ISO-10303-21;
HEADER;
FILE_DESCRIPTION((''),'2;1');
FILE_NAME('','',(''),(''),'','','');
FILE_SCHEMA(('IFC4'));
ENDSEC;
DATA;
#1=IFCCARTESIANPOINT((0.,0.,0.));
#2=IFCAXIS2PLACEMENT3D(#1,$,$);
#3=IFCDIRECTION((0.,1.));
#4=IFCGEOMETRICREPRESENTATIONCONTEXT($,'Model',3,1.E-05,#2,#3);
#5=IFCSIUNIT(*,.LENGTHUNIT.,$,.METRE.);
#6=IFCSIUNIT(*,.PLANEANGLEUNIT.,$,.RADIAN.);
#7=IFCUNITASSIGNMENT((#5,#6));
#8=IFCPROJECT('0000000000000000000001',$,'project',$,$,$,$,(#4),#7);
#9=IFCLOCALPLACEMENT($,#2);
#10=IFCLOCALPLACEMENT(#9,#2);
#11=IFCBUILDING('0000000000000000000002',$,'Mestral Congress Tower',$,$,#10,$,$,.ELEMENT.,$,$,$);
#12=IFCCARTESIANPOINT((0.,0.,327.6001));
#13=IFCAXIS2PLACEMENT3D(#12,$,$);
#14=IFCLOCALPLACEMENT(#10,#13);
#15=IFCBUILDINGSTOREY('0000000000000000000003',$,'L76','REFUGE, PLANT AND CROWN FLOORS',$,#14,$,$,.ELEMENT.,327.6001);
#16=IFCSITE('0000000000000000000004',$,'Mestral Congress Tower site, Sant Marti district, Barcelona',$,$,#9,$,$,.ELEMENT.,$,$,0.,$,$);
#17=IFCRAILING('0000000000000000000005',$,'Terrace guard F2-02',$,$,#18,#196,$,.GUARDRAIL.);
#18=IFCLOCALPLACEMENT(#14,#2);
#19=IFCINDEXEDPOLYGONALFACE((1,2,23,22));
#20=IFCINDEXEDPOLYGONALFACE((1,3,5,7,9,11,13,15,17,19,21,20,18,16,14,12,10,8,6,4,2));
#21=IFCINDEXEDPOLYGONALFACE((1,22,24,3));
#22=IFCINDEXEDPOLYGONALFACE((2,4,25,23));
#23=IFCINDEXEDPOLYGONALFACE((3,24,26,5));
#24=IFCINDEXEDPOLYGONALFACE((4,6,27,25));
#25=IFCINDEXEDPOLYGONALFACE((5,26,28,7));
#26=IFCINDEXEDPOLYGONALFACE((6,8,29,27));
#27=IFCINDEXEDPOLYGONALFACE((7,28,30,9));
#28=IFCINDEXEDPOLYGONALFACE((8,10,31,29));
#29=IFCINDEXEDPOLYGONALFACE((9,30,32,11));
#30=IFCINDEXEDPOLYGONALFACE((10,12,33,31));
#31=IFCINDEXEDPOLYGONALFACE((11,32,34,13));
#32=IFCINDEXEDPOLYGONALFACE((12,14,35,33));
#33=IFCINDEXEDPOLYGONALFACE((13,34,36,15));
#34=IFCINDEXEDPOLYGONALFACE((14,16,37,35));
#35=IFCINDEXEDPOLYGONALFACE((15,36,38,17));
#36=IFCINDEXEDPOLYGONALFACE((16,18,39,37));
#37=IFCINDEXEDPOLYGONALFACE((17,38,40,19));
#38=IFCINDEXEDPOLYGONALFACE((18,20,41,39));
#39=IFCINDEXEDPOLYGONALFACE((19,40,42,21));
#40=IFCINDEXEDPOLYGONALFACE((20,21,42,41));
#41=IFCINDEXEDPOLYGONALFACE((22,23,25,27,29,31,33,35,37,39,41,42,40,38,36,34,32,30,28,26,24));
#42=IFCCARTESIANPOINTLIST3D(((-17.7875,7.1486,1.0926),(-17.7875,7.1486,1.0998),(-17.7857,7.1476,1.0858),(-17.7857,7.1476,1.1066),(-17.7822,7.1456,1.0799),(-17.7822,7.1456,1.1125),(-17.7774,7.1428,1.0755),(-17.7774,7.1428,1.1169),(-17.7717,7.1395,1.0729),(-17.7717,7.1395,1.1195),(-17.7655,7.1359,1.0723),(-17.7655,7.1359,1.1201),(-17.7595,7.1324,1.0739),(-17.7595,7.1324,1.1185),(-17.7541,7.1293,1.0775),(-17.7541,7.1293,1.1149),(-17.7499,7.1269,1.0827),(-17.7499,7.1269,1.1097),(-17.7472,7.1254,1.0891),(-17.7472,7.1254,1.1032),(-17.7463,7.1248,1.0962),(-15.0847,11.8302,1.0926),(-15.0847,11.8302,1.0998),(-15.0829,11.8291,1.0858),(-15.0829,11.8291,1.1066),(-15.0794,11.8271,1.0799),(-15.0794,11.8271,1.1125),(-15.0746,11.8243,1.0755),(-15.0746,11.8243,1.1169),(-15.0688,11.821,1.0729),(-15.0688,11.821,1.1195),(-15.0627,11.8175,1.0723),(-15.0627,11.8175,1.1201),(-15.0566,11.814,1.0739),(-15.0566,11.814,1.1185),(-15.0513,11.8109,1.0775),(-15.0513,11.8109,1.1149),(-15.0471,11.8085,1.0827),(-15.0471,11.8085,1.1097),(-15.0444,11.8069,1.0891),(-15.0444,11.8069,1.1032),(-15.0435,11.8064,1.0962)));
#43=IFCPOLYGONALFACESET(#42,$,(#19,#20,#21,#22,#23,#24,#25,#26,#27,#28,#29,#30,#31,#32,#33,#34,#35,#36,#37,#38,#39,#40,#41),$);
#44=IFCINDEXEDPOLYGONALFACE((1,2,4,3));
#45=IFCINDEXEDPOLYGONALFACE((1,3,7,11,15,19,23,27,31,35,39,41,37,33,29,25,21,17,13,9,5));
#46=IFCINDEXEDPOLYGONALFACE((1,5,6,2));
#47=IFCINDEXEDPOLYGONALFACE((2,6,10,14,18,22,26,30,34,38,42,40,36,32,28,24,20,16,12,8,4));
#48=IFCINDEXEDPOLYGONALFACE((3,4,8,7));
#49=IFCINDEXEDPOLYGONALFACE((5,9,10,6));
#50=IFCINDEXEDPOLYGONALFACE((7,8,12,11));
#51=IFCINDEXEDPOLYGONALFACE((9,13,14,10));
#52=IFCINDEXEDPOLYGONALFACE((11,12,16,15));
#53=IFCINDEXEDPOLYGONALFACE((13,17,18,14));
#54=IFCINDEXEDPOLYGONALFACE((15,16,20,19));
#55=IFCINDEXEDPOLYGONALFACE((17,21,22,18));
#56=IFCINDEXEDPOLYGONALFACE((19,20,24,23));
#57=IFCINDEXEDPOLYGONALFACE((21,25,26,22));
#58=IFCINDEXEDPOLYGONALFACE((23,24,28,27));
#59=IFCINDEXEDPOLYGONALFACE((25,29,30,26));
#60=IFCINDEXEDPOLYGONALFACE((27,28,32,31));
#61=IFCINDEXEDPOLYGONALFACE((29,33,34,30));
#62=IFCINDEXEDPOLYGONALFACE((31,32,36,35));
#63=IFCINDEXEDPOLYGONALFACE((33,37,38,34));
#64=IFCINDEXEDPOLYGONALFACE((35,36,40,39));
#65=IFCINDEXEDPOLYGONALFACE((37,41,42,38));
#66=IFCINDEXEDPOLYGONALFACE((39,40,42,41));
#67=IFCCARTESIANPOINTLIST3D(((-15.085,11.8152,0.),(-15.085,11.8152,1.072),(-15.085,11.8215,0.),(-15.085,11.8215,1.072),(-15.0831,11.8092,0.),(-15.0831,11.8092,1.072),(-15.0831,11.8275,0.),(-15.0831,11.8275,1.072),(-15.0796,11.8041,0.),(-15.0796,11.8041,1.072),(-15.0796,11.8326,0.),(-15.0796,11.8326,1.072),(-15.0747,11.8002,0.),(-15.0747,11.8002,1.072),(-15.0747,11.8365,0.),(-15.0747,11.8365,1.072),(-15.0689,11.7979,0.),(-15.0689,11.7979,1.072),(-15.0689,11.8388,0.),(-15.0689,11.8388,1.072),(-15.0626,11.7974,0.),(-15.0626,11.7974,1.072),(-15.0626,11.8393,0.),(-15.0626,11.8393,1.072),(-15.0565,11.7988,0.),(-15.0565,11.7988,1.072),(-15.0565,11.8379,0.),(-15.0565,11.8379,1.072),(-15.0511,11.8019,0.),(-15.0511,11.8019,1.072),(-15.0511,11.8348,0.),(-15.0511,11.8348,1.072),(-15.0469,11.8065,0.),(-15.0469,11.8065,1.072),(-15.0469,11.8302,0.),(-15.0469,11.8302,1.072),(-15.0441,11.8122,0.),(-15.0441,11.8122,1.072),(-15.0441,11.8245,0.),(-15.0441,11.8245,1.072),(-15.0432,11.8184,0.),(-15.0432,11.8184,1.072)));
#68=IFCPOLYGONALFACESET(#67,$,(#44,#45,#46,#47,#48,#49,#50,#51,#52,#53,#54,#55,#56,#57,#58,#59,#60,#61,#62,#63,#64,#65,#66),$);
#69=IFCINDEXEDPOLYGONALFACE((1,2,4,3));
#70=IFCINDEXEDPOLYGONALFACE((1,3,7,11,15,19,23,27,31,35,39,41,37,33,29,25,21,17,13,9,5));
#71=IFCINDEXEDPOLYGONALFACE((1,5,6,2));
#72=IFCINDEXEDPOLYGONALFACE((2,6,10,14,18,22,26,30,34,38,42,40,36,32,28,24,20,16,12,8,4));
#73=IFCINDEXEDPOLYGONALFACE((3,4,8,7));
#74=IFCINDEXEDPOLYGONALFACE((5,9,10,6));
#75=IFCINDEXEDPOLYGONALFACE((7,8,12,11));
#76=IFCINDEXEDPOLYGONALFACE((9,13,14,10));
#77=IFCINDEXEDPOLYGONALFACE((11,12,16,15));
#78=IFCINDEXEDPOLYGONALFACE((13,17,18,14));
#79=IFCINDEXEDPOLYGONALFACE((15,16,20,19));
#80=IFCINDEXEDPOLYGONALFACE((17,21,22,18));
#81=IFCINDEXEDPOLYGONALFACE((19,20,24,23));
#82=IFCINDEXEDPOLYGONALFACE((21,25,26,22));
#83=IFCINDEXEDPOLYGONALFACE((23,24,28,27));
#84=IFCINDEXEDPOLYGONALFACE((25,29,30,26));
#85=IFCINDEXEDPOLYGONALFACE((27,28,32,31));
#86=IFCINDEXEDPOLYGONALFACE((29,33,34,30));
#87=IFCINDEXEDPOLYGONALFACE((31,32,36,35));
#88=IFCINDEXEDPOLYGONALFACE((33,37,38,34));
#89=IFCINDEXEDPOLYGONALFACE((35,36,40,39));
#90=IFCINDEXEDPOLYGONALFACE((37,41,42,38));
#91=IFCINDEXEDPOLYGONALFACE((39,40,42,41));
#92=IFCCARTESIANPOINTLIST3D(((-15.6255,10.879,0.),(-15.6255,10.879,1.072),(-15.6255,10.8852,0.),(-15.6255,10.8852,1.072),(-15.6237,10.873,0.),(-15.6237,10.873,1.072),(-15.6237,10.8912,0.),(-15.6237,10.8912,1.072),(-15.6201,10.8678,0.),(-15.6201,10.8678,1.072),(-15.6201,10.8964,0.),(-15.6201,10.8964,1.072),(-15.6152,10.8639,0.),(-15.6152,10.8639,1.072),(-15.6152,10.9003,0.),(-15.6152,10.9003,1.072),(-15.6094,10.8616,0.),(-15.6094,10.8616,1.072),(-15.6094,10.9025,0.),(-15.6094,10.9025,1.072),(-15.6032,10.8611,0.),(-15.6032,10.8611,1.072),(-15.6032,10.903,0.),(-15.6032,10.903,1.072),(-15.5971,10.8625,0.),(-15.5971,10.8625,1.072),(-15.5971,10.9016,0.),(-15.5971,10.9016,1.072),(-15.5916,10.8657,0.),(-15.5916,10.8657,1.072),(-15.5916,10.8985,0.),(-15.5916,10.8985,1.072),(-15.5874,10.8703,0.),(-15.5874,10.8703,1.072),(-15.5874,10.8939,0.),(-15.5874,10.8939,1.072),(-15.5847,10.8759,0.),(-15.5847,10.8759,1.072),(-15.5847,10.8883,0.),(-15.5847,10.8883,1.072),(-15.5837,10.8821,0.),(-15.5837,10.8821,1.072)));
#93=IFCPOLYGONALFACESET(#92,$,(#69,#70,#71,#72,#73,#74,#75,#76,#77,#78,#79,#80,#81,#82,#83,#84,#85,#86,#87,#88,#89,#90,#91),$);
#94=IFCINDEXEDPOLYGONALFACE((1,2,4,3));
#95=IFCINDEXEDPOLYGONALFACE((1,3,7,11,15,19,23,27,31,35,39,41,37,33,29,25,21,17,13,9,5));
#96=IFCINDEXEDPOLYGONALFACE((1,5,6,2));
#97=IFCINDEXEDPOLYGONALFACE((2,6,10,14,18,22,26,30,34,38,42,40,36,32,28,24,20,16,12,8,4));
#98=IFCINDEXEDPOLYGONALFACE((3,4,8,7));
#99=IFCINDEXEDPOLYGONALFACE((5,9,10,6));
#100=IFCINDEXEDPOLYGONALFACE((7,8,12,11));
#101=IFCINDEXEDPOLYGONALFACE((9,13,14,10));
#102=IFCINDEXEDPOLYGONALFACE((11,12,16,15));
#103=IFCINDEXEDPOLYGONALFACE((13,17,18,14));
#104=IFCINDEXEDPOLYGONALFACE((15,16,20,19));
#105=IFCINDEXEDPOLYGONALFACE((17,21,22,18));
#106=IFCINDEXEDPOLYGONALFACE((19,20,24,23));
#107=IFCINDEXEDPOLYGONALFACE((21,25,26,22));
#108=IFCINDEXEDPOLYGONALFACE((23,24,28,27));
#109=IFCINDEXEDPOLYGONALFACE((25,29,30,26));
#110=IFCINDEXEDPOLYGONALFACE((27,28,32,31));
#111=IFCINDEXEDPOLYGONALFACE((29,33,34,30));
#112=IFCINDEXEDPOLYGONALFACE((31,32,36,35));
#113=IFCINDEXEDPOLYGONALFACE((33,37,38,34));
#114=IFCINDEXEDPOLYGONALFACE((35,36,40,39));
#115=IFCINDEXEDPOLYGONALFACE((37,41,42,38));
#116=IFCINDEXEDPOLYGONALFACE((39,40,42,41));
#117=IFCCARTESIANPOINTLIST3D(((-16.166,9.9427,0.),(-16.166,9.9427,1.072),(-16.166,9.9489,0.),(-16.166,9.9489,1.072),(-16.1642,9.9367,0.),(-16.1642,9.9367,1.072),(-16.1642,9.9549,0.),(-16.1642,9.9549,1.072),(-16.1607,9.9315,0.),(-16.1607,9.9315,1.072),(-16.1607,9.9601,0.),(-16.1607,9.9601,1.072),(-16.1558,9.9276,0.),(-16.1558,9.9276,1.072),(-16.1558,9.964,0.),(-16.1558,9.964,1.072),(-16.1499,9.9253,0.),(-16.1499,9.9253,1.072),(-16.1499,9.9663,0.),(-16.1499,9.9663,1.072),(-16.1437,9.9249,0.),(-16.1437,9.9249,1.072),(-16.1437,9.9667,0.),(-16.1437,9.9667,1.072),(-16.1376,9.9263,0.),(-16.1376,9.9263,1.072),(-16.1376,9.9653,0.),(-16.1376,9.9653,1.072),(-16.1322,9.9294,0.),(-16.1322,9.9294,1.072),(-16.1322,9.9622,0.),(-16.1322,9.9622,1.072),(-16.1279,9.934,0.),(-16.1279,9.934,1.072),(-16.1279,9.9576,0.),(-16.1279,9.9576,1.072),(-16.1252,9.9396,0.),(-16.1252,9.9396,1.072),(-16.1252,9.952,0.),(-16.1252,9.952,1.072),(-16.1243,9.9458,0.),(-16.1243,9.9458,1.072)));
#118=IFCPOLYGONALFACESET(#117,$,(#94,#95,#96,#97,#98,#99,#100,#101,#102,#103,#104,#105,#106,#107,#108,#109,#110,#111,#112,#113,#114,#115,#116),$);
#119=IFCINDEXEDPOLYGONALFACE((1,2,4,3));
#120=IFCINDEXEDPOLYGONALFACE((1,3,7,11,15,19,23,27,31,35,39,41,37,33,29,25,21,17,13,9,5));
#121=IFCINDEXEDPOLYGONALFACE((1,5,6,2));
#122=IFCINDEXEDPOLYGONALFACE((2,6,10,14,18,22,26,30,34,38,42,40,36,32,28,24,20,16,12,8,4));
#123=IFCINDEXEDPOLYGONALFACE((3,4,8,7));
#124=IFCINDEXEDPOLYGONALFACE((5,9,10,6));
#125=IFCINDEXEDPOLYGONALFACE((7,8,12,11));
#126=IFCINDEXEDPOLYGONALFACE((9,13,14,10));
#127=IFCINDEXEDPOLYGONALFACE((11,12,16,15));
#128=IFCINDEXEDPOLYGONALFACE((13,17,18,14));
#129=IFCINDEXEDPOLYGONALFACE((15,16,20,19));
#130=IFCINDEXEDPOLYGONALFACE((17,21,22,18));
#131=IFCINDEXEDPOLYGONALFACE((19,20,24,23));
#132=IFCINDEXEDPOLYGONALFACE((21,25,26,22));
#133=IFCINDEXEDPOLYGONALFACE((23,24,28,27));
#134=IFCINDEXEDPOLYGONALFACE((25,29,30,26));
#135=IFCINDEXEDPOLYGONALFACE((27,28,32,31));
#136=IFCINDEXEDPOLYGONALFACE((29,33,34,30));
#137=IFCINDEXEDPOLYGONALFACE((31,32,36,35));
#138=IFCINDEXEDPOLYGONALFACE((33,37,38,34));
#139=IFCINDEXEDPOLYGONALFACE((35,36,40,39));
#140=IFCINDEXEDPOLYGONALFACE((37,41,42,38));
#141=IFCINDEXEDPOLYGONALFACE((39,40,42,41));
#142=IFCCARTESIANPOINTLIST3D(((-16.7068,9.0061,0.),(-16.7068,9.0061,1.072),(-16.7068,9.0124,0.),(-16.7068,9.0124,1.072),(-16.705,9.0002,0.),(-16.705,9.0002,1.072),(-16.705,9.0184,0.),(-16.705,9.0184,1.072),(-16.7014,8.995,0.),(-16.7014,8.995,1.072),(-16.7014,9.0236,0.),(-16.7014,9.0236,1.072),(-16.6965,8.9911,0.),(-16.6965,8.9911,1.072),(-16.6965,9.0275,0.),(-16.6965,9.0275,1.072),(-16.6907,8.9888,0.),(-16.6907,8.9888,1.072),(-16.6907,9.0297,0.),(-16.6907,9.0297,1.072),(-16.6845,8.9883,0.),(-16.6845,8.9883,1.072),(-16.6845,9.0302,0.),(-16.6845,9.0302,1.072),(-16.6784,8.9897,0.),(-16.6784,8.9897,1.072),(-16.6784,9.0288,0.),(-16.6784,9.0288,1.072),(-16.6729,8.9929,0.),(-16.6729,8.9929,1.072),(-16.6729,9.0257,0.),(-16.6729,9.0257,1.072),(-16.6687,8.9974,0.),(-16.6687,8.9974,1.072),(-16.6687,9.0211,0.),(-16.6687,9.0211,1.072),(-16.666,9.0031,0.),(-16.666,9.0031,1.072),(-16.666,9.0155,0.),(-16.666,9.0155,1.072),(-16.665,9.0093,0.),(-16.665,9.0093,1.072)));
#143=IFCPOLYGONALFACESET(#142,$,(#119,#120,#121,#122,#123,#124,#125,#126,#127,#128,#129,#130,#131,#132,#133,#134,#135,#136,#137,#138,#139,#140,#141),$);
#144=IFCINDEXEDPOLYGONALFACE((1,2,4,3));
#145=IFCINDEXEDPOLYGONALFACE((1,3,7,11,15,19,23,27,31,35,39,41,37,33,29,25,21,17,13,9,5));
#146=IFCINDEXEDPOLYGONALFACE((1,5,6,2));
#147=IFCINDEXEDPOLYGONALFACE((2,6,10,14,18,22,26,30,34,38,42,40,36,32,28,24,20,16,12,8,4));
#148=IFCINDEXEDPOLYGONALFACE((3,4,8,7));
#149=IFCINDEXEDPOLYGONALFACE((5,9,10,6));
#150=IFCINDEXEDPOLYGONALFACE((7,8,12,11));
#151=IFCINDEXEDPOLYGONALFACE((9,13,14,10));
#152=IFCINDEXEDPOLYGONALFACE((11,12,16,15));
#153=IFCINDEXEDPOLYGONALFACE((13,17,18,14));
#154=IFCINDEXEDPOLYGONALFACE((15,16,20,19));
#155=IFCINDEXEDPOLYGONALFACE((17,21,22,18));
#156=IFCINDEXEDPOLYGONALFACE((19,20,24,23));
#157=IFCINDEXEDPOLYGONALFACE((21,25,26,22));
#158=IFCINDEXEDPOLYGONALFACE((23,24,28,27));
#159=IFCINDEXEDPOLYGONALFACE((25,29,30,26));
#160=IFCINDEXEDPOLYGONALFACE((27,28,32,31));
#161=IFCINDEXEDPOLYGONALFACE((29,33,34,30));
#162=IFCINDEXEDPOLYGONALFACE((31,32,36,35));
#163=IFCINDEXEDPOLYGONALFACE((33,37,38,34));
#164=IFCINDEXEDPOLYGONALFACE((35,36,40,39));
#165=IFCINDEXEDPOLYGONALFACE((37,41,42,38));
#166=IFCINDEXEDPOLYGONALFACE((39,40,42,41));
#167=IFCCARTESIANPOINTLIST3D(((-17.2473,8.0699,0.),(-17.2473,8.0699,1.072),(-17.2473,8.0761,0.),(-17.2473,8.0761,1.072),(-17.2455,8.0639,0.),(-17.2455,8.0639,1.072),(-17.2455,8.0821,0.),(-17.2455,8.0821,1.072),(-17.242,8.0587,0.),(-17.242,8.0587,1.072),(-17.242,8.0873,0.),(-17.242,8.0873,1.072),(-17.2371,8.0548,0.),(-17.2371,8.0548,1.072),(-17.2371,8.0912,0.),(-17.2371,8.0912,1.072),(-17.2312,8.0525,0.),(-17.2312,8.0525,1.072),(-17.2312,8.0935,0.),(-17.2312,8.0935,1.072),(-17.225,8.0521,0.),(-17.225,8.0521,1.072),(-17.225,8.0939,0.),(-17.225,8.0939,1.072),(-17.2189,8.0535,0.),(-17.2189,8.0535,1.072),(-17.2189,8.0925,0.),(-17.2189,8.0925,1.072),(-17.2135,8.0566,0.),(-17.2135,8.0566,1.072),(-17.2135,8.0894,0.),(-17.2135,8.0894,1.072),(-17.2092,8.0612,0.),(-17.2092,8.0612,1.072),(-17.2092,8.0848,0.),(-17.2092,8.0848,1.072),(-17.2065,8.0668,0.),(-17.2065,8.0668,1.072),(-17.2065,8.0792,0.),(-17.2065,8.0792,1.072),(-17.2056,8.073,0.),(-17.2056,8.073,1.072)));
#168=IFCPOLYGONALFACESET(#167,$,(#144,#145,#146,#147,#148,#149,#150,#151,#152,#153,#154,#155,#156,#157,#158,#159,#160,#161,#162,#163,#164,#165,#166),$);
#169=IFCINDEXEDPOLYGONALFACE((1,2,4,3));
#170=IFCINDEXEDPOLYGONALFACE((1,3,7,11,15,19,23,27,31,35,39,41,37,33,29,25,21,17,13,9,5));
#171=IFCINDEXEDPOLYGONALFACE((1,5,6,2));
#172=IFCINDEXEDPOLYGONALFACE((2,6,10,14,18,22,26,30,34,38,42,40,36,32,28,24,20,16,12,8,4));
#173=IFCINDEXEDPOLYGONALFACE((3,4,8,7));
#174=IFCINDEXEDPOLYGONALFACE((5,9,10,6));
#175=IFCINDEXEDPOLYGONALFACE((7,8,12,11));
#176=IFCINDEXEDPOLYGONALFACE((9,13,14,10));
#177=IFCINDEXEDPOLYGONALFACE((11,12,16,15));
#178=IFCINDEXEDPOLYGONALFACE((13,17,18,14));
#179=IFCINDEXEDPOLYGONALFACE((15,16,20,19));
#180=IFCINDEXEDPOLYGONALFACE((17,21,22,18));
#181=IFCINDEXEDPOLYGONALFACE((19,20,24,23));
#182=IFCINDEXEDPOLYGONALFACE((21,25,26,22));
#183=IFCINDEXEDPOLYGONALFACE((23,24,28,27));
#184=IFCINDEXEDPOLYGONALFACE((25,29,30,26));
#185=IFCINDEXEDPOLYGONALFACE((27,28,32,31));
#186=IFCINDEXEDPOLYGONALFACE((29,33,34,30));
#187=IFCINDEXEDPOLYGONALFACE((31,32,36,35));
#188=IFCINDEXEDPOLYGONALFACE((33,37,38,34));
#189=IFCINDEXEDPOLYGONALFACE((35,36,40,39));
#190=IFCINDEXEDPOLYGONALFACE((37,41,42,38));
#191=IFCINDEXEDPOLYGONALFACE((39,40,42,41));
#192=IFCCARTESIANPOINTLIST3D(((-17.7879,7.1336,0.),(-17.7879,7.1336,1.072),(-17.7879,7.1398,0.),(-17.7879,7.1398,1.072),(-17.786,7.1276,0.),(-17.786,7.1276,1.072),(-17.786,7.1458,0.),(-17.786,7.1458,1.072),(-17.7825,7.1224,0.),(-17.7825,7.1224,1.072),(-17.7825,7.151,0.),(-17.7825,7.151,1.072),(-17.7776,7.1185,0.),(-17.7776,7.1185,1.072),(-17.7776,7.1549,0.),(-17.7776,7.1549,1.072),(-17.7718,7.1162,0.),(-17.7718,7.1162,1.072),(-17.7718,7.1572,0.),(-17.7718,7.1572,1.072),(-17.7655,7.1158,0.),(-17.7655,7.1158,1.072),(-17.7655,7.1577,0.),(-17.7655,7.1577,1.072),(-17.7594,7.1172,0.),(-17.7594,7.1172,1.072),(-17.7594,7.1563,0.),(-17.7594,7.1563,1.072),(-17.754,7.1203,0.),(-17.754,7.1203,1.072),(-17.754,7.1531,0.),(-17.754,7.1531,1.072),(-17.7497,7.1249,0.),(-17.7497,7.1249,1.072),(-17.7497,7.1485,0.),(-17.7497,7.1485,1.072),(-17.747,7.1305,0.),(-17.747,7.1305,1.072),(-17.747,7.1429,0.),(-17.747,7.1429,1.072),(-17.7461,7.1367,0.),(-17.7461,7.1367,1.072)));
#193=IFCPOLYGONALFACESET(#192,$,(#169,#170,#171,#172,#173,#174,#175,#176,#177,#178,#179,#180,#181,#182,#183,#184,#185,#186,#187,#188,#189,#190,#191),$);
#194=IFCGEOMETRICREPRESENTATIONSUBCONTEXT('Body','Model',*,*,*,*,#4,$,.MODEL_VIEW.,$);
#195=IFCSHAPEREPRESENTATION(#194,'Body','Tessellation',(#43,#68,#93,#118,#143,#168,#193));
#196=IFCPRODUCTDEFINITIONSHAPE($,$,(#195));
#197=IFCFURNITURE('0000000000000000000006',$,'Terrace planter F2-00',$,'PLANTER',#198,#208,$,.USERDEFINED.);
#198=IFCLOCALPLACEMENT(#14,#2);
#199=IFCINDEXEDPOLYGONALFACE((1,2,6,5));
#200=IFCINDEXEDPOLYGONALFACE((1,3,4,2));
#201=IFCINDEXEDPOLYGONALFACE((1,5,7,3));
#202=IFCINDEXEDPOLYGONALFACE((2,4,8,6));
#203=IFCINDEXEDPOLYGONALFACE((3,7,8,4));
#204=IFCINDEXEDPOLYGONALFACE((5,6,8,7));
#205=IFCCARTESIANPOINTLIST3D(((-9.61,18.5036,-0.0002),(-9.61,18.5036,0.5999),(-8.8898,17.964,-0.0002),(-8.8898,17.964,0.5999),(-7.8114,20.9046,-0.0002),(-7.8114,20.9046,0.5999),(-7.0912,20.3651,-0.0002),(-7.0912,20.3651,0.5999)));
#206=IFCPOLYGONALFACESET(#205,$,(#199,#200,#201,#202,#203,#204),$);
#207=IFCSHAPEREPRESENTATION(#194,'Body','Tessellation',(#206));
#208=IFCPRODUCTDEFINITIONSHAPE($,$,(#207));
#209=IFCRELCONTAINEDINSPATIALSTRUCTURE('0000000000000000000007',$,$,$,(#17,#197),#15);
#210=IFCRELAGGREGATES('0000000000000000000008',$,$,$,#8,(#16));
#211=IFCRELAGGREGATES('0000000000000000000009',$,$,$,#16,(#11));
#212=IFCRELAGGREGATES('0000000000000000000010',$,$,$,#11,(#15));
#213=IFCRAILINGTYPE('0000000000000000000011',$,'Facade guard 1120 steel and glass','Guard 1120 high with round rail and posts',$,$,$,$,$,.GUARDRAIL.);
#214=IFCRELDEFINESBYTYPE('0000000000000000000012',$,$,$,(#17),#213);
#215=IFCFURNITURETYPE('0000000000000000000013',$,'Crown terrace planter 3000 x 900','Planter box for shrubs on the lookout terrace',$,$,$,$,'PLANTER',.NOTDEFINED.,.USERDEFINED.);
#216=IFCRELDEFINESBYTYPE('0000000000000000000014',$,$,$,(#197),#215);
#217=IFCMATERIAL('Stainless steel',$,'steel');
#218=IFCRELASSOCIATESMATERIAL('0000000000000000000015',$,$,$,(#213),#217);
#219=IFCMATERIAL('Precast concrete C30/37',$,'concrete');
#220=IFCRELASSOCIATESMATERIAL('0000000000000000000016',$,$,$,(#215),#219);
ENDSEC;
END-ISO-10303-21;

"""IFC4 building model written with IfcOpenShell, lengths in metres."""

from ifc_helpers import new_model, si_unit, direction, frame, origin, origin_2d, place, context, subcontext, project, spatial, rectangle, circle, extrude, material, type_object, element, save


model = new_model("IFC4")

# Units and contexts
model_context = context("Model", 3, precision=1e-05, world=origin(), true_north=direction((0.0, 1.0)))
body_context = subcontext(model_context, "Body", "Model", "MODEL_VIEW")
ifc_project = project(units=[si_unit("LENGTHUNIT", "METRE"), si_unit("PLANEANGLEUNIT", "RADIAN")], contexts=[model_context])

# Site, building, storey
site_placement = place(None, origin())
site = spatial("IfcSite", under=ifc_project, at=site_placement, Name="Mestral Congress Tower site, Sant Marti district, Barcelona", CompositionType="ELEMENT", RefElevation=0.0)
building_placement = place(site_placement, origin())
building = spatial("IfcBuilding", under=site, at=building_placement, Name="Mestral Congress Tower", CompositionType="ELEMENT")
storey_placement = place(building_placement, frame((0.0, 0.0, 327.6001)))
storey = spatial("IfcBuildingStorey", under=building, at=storey_placement, Name="L76", Description="REFUGE, PLANT AND CROWN FLOORS", CompositionType="ELEMENT", Elevation=327.6001)

# Railing
ifc_material_1 = material(Name="Stainless steel", Category="steel")
railing_type = type_object("IfcRailingType", Name="Facade guard 1120 steel and glass", Description="Guard 1120 high with round rail and posts", PredefinedType="GUARDRAIL", material=ifc_material_1)
railing_1_placement = place(storey_placement, frame((-15.0642, 11.8184, 0.0)))
element("IfcRailing", 1, at=railing_1_placement, inside=storey, type_object=railing_type, Name="Terrace guard F2-02", PredefinedType="GUARDRAIL", context=body_context, shape_type="SweptSolid", body=[
    extrude(circle(Radius=0.0239, at=origin_2d()), frame((0.0, 0.0, 1.0962), z_axis=(-0.499991, -0.866031, 0.0), x_axis=(0.866031, -0.499991, 0.0)), (0.0, 0.0, 1.0), 5.4058),
    extrude(circle(Radius=0.021, at=origin_2d()), origin(), (0.0, 0.0, 1.0), 1.072),
    extrude(circle(Radius=0.021, at=origin_2d()), frame((-0.5405, -0.9363, 0.0)), (0.0, 0.0, 1.0), 1.072),
    extrude(circle(Radius=0.021, at=origin_2d()), frame((-1.0811, -1.8726, 0.0)), (0.0, 0.0, 1.0), 1.072),
    extrude(circle(Radius=0.021, at=origin_2d()), frame((-1.6218, -2.8091, 0.0)), (0.0, 0.0, 1.0), 1.072),
    extrude(circle(Radius=0.021, at=origin_2d()), frame((-2.1624, -3.7454, 0.0)), (0.0, 0.0, 1.0), 1.072),
    extrude(circle(Radius=0.021, at=origin_2d()), frame((-2.7029, -4.6816, 0.0)), (0.0, 0.0, 1.0), 1.072),
])

# Furniture
ifc_material_2 = material(Name="Precast concrete C30/37", Category="concrete")
furniture_type = type_object("IfcFurnitureType", Name="Crown terrace planter 3000 x 900", Description="Planter box for shrubs on the lookout terrace", ElementType="PLANTER", AssemblyPlace="NOTDEFINED", PredefinedType="USERDEFINED", material=ifc_material_2)
for number, where, z_axis, x_axis, name in (
    (2, (-8.3506, 19.4343, -0.0002), (0.0, 0.0, 1.0), (-0.599542, -0.800343, 0.0), "Terrace planter F2-00"),
):
    element("IfcFurniture", number, at=place(storey_placement, frame(where, z_axis=z_axis, x_axis=x_axis)), inside=storey, type_object=furniture_type, Name=name, ObjectType="PLANTER", PredefinedType="USERDEFINED", context=body_context, shape_type="SweptSolid", body=[
        extrude(rectangle(XDim=3.0, YDim=0.8999, at=origin_2d()), origin(), (0.0, 0.0, 1.0), 0.6001),
    ])

save(model, "model.ifc")
